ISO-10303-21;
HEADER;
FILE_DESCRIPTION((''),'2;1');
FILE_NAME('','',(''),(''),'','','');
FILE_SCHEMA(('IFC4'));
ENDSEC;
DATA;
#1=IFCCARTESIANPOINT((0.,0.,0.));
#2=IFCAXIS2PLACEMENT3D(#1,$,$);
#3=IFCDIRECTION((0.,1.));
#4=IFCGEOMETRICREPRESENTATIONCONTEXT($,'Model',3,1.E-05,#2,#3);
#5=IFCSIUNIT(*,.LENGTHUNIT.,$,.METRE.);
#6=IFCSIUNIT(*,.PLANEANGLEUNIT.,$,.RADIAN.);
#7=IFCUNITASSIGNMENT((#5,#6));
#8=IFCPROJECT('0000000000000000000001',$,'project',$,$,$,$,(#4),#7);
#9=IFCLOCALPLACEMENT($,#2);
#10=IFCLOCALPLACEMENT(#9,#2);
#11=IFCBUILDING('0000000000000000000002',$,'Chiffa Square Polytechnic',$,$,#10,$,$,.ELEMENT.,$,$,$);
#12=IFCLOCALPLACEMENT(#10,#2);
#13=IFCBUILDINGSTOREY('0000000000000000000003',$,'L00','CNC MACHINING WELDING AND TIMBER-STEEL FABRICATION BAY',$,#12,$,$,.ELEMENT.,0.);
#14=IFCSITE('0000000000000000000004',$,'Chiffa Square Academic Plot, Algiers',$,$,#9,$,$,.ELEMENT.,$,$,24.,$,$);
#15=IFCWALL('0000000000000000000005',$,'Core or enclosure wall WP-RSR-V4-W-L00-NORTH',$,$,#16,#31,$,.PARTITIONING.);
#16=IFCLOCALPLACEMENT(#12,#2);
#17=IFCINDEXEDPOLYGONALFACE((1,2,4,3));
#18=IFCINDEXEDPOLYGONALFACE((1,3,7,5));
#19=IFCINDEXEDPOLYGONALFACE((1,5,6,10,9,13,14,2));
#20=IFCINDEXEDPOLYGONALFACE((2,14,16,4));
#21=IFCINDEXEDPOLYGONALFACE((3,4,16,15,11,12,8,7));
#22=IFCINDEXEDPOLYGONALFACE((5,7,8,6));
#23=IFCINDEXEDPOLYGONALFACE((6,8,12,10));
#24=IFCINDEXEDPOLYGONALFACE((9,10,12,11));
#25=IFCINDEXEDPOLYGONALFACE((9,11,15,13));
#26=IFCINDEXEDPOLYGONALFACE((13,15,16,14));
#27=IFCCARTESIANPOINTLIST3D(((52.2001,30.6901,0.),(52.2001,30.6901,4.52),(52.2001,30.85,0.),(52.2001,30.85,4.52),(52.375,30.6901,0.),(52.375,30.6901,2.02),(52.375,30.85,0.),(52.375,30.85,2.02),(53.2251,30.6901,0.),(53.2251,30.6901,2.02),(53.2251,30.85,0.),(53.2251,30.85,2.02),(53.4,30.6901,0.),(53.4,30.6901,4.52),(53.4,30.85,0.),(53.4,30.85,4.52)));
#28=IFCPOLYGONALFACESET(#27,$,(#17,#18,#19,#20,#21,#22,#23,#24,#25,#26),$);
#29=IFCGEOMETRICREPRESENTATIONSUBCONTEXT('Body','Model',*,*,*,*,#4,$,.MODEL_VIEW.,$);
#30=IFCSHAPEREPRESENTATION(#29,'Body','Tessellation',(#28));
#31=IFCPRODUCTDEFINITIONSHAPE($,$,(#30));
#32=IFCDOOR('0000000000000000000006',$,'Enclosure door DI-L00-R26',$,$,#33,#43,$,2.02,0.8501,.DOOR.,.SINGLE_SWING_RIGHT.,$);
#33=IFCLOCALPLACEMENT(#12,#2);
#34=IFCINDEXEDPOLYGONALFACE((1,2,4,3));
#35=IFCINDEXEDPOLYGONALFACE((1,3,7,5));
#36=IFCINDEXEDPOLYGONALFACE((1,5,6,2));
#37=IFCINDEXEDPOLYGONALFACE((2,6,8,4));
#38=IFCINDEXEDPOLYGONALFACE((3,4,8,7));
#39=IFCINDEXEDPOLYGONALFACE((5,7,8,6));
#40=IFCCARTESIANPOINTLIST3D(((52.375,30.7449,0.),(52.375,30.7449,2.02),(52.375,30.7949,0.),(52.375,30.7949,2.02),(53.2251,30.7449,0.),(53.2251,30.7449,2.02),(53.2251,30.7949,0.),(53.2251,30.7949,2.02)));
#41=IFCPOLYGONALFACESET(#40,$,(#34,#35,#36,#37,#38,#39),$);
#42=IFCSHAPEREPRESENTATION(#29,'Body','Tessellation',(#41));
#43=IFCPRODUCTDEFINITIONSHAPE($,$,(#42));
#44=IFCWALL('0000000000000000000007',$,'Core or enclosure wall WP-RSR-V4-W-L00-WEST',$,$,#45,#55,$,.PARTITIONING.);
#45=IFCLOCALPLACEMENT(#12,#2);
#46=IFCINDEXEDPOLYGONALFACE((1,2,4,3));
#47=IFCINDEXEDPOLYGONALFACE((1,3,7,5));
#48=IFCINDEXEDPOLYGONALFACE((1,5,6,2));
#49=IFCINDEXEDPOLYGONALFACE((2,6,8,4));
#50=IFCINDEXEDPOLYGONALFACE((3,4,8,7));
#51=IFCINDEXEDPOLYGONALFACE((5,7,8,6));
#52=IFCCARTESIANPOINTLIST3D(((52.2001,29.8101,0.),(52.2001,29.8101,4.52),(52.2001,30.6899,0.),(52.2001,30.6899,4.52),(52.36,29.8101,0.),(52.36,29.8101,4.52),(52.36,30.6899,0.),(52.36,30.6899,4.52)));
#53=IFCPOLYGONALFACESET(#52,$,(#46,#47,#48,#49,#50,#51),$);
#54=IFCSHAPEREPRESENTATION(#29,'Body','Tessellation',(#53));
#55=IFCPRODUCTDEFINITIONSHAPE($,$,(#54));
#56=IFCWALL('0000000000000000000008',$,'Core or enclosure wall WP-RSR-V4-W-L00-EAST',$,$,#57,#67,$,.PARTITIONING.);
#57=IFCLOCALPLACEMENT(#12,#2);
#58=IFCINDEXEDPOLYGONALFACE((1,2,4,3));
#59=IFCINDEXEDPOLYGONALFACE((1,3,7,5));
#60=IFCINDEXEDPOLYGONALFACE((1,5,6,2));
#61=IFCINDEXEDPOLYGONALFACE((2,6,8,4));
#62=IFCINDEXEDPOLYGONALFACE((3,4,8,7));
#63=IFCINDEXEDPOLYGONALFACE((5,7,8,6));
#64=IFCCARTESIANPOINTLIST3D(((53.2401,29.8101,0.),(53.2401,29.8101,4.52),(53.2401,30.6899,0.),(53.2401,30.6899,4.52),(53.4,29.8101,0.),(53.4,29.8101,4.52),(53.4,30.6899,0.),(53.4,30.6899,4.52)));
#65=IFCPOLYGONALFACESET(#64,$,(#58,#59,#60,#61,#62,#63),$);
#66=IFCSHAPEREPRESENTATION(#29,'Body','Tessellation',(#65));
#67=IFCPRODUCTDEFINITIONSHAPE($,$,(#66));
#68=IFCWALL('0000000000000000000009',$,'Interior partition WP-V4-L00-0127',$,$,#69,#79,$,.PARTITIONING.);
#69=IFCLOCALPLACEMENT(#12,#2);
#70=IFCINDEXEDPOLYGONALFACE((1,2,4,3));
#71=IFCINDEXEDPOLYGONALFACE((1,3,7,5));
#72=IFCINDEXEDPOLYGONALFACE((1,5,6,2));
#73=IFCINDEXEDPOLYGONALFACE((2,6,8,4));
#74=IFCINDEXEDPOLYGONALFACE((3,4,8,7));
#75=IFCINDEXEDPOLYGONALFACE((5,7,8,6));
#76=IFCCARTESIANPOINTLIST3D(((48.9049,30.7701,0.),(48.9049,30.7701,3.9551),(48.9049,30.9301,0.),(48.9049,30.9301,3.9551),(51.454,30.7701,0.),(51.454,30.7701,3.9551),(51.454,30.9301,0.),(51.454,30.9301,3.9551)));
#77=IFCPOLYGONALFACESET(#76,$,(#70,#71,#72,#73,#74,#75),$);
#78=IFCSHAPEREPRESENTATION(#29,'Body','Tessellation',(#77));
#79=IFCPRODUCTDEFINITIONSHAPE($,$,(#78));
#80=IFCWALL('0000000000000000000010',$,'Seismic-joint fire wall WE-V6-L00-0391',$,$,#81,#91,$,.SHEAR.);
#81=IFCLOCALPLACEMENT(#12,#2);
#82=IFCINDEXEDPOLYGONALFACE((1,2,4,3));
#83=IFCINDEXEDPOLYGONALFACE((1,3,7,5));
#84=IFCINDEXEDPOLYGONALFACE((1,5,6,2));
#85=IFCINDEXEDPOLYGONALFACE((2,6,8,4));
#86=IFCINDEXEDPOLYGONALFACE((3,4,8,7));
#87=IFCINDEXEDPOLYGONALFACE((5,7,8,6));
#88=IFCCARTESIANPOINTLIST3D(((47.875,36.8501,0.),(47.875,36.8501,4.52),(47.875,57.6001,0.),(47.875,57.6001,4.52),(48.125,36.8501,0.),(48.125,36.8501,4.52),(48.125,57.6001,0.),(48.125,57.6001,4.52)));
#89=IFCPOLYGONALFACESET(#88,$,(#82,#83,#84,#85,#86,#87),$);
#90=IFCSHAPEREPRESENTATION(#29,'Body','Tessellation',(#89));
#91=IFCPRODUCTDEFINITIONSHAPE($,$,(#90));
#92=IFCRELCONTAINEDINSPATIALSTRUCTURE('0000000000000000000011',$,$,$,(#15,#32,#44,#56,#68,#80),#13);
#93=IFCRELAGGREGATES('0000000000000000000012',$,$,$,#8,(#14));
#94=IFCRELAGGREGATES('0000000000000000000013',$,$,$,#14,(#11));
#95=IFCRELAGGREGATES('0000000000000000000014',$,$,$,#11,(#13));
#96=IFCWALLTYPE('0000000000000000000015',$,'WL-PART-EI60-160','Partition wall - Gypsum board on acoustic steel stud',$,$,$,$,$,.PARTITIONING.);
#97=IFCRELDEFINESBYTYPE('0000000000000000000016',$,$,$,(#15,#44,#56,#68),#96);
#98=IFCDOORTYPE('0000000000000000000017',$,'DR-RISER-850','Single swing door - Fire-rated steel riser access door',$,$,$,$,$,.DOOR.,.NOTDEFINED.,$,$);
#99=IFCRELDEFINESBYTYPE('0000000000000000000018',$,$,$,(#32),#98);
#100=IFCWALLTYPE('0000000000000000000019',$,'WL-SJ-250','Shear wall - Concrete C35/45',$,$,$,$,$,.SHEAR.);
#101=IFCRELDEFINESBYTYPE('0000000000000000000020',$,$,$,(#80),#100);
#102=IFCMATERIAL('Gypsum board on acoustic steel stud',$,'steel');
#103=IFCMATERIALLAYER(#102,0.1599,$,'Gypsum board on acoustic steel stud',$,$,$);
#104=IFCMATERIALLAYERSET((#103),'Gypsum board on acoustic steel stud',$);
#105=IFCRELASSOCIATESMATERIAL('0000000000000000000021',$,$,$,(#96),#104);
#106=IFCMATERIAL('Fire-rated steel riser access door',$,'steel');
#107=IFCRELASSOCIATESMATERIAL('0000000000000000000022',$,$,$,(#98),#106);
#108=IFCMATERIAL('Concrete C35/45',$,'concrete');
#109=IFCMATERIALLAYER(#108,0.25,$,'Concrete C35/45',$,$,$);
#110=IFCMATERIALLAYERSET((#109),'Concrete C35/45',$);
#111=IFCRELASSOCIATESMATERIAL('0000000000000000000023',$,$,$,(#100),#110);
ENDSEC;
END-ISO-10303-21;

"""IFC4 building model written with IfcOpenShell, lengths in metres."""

from ifc_helpers import new_model, si_unit, direction, frame, frame_2d, origin, place, context, subcontext, project, spatial, rectangle, extrude, material, layer, layer_set, type_object, element, fill, save


model = new_model("IFC4")

# Units and contexts
model_context = context("Model", 3, precision=1e-05, world=origin(), true_north=direction((0.0, 1.0)))
body_context = subcontext(model_context, "Body", "Model", "MODEL_VIEW")
ifc_project = project(units=[si_unit("LENGTHUNIT", "METRE"), si_unit("PLANEANGLEUNIT", "RADIAN")], contexts=[model_context])

# Site, building, storey
site_placement = place(None, origin())
site = spatial("IfcSite", under=ifc_project, at=site_placement, Name="Chiffa Square Academic Plot, Algiers", CompositionType="ELEMENT", RefElevation=24.0)
building_placement = place(site_placement, origin())
building = spatial("IfcBuilding", under=site, at=building_placement, Name="Chiffa Square Polytechnic", CompositionType="ELEMENT")
storey_placement = place(building_placement, origin())
storey = spatial("IfcBuildingStorey", under=building, at=storey_placement, Name="L00", Description="CNC MACHINING WELDING AND TIMBER-STEEL FABRICATION BAY", CompositionType="ELEMENT", Elevation=0.0)

# Shared definitions
ifc_material_1 = material(Name="Concrete C35/45", Category="concrete")

# Shared definitions
ifc_material_2 = material(Name="Gypsum board on acoustic steel stud", Category="steel")
ifc_layer_1 = layer(ifc_material_2, 0.1599, Name="Gypsum board on acoustic steel stud")
ifc_layer_set_1 = layer_set([ifc_layer_1], Name="Gypsum board on acoustic steel stud")
wall_type_1 = type_object("IfcWallType", Name="WL-PART-EI60-160", Description="Partition wall - Gypsum board on acoustic steel stud", PredefinedType="PARTITIONING", material=ifc_layer_set_1)

# Wall, opening, door
wall_1_placement = place(storey_placement, frame((52.2, 30.77, 0.0), z_axis=(0.0, 0.0, 1.0), x_axis=(1.0, 0.0, 0.0)))
wall_1 = element("IfcWall", 1, at=wall_1_placement, inside=storey, type_object=wall_type_1, Name="Core or enclosure wall WP-RSR-V4-W-L00-NORTH", PredefinedType="PARTITIONING", context=body_context, shape_type="SweptSolid", body=[
    extrude(rectangle(XDim=1.2, YDim=0.1599, at=frame_2d((0.6001, 0.0))), origin(), (0.0, 0.0, 1.0), 4.52),
])
opening_1_placement = place(wall_1_placement, frame((0.175, 0.0, 0.0)))
opening_1 = element("IfcOpeningElement", 2, at=opening_1_placement, cuts=wall_1, PredefinedType="OPENING", context=body_context, shape_type="SweptSolid", body=[
    extrude(rectangle(XDim=0.8501, YDim=2.02, at=frame_2d((0.425, 1.01))), frame((0.0, 0.0898, 0.0), z_axis=(0.0, -1.0, 0.0), x_axis=(1.0, 0.0, 0.0)), (0.0, 0.0, 1.0), 0.1799),
])
ifc_material_3 = material(Name="Fire-rated steel riser access door", Category="steel")
door_type_1 = type_object("IfcDoorType", Name="DR-RISER-850", Description="Single swing door - Fire-rated steel riser access door", OperationType="NOTDEFINED", PredefinedType="DOOR", material=ifc_material_3)
door_1_placement = place(opening_1_placement, origin())
door_1 = element("IfcDoor", 3, at=door_1_placement, inside=storey, type_object=door_type_1, Name="Enclosure door DI-L00-R26", OperationType="SINGLE_SWING_RIGHT", OverallHeight=2.02, OverallWidth=0.8501, PredefinedType="DOOR", context=body_context, shape_type="SweptSolid", body=[
    extrude(rectangle(XDim=0.8501, YDim=2.02, at=frame_2d((0.425, 1.01))), frame((0.0, 0.0249, 0.0), z_axis=(0.0, -1.0, 0.0), x_axis=(1.0, 0.0, 0.0)), (0.0, 0.0, 1.0), 0.05),
])
fill(opening_1, door_1)

# Walls
for number, where, z_axis, x_axis, name in (
    (4, (52.28, 29.8101, 0.0), (0.0, 0.0, 1.0), (0.0, 1.0, 0.0), "Core or enclosure wall WP-RSR-V4-W-L00-WEST"),
    (5, (53.3201, 29.8101, 0.0), (0.0, 0.0, 1.0), (0.0, 1.0, 0.0), "Core or enclosure wall WP-RSR-V4-W-L00-EAST"),
):
    element("IfcWall", number, at=place(storey_placement, frame(where, z_axis=z_axis, x_axis=x_axis)), inside=storey, type_object=wall_type_1, Name=name, PredefinedType="PARTITIONING", context=body_context, shape_type="SweptSolid", body=[
        extrude(rectangle(XDim=0.8799, YDim=0.1599, at=frame_2d((0.4399, 0.0))), origin(), (0.0, 0.0, 1.0), 4.52),
    ])
wall_2_placement = place(storey_placement, frame((48.905, 30.8501, 0.0), z_axis=(0.0, 0.0, 1.0), x_axis=(1.0, 0.0, 0.0)))
element("IfcWall", 6, at=wall_2_placement, inside=storey, type_object=wall_type_1, Name="Interior partition WP-V4-L00-0127", PredefinedType="PARTITIONING", context=body_context, shape_type="SweptSolid", body=[
    extrude(rectangle(XDim=2.5491, YDim=0.1599, at=frame_2d((1.2744, 0.0))), origin(), (0.0, 0.0, 1.0), 3.9551),
])
ifc_layer_2 = layer(ifc_material_1, 0.25, Name="Concrete C35/45")
ifc_layer_set_2 = layer_set([ifc_layer_2], Name="Concrete C35/45")
wall_type_2 = type_object("IfcWallType", Name="WL-SJ-250", Description="Shear wall - Concrete C35/45", PredefinedType="SHEAR", material=ifc_layer_set_2)
wall_3_placement = place(storey_placement, frame((48.0, 36.8501, 0.0), z_axis=(0.0, 0.0, 1.0), x_axis=(0.0, 1.0, 0.0)))
element("IfcWall", 7, at=wall_3_placement, inside=storey, type_object=wall_type_2, Name="Seismic-joint fire wall WE-V6-L00-0391", PredefinedType="SHEAR", context=body_context, shape_type="SweptSolid", body=[
    extrude(rectangle(XDim=20.75, YDim=0.25, at=frame_2d((10.375, 0.0))), origin(), (0.0, 0.0, 1.0), 4.52),
])

save(model, "model.ifc")
